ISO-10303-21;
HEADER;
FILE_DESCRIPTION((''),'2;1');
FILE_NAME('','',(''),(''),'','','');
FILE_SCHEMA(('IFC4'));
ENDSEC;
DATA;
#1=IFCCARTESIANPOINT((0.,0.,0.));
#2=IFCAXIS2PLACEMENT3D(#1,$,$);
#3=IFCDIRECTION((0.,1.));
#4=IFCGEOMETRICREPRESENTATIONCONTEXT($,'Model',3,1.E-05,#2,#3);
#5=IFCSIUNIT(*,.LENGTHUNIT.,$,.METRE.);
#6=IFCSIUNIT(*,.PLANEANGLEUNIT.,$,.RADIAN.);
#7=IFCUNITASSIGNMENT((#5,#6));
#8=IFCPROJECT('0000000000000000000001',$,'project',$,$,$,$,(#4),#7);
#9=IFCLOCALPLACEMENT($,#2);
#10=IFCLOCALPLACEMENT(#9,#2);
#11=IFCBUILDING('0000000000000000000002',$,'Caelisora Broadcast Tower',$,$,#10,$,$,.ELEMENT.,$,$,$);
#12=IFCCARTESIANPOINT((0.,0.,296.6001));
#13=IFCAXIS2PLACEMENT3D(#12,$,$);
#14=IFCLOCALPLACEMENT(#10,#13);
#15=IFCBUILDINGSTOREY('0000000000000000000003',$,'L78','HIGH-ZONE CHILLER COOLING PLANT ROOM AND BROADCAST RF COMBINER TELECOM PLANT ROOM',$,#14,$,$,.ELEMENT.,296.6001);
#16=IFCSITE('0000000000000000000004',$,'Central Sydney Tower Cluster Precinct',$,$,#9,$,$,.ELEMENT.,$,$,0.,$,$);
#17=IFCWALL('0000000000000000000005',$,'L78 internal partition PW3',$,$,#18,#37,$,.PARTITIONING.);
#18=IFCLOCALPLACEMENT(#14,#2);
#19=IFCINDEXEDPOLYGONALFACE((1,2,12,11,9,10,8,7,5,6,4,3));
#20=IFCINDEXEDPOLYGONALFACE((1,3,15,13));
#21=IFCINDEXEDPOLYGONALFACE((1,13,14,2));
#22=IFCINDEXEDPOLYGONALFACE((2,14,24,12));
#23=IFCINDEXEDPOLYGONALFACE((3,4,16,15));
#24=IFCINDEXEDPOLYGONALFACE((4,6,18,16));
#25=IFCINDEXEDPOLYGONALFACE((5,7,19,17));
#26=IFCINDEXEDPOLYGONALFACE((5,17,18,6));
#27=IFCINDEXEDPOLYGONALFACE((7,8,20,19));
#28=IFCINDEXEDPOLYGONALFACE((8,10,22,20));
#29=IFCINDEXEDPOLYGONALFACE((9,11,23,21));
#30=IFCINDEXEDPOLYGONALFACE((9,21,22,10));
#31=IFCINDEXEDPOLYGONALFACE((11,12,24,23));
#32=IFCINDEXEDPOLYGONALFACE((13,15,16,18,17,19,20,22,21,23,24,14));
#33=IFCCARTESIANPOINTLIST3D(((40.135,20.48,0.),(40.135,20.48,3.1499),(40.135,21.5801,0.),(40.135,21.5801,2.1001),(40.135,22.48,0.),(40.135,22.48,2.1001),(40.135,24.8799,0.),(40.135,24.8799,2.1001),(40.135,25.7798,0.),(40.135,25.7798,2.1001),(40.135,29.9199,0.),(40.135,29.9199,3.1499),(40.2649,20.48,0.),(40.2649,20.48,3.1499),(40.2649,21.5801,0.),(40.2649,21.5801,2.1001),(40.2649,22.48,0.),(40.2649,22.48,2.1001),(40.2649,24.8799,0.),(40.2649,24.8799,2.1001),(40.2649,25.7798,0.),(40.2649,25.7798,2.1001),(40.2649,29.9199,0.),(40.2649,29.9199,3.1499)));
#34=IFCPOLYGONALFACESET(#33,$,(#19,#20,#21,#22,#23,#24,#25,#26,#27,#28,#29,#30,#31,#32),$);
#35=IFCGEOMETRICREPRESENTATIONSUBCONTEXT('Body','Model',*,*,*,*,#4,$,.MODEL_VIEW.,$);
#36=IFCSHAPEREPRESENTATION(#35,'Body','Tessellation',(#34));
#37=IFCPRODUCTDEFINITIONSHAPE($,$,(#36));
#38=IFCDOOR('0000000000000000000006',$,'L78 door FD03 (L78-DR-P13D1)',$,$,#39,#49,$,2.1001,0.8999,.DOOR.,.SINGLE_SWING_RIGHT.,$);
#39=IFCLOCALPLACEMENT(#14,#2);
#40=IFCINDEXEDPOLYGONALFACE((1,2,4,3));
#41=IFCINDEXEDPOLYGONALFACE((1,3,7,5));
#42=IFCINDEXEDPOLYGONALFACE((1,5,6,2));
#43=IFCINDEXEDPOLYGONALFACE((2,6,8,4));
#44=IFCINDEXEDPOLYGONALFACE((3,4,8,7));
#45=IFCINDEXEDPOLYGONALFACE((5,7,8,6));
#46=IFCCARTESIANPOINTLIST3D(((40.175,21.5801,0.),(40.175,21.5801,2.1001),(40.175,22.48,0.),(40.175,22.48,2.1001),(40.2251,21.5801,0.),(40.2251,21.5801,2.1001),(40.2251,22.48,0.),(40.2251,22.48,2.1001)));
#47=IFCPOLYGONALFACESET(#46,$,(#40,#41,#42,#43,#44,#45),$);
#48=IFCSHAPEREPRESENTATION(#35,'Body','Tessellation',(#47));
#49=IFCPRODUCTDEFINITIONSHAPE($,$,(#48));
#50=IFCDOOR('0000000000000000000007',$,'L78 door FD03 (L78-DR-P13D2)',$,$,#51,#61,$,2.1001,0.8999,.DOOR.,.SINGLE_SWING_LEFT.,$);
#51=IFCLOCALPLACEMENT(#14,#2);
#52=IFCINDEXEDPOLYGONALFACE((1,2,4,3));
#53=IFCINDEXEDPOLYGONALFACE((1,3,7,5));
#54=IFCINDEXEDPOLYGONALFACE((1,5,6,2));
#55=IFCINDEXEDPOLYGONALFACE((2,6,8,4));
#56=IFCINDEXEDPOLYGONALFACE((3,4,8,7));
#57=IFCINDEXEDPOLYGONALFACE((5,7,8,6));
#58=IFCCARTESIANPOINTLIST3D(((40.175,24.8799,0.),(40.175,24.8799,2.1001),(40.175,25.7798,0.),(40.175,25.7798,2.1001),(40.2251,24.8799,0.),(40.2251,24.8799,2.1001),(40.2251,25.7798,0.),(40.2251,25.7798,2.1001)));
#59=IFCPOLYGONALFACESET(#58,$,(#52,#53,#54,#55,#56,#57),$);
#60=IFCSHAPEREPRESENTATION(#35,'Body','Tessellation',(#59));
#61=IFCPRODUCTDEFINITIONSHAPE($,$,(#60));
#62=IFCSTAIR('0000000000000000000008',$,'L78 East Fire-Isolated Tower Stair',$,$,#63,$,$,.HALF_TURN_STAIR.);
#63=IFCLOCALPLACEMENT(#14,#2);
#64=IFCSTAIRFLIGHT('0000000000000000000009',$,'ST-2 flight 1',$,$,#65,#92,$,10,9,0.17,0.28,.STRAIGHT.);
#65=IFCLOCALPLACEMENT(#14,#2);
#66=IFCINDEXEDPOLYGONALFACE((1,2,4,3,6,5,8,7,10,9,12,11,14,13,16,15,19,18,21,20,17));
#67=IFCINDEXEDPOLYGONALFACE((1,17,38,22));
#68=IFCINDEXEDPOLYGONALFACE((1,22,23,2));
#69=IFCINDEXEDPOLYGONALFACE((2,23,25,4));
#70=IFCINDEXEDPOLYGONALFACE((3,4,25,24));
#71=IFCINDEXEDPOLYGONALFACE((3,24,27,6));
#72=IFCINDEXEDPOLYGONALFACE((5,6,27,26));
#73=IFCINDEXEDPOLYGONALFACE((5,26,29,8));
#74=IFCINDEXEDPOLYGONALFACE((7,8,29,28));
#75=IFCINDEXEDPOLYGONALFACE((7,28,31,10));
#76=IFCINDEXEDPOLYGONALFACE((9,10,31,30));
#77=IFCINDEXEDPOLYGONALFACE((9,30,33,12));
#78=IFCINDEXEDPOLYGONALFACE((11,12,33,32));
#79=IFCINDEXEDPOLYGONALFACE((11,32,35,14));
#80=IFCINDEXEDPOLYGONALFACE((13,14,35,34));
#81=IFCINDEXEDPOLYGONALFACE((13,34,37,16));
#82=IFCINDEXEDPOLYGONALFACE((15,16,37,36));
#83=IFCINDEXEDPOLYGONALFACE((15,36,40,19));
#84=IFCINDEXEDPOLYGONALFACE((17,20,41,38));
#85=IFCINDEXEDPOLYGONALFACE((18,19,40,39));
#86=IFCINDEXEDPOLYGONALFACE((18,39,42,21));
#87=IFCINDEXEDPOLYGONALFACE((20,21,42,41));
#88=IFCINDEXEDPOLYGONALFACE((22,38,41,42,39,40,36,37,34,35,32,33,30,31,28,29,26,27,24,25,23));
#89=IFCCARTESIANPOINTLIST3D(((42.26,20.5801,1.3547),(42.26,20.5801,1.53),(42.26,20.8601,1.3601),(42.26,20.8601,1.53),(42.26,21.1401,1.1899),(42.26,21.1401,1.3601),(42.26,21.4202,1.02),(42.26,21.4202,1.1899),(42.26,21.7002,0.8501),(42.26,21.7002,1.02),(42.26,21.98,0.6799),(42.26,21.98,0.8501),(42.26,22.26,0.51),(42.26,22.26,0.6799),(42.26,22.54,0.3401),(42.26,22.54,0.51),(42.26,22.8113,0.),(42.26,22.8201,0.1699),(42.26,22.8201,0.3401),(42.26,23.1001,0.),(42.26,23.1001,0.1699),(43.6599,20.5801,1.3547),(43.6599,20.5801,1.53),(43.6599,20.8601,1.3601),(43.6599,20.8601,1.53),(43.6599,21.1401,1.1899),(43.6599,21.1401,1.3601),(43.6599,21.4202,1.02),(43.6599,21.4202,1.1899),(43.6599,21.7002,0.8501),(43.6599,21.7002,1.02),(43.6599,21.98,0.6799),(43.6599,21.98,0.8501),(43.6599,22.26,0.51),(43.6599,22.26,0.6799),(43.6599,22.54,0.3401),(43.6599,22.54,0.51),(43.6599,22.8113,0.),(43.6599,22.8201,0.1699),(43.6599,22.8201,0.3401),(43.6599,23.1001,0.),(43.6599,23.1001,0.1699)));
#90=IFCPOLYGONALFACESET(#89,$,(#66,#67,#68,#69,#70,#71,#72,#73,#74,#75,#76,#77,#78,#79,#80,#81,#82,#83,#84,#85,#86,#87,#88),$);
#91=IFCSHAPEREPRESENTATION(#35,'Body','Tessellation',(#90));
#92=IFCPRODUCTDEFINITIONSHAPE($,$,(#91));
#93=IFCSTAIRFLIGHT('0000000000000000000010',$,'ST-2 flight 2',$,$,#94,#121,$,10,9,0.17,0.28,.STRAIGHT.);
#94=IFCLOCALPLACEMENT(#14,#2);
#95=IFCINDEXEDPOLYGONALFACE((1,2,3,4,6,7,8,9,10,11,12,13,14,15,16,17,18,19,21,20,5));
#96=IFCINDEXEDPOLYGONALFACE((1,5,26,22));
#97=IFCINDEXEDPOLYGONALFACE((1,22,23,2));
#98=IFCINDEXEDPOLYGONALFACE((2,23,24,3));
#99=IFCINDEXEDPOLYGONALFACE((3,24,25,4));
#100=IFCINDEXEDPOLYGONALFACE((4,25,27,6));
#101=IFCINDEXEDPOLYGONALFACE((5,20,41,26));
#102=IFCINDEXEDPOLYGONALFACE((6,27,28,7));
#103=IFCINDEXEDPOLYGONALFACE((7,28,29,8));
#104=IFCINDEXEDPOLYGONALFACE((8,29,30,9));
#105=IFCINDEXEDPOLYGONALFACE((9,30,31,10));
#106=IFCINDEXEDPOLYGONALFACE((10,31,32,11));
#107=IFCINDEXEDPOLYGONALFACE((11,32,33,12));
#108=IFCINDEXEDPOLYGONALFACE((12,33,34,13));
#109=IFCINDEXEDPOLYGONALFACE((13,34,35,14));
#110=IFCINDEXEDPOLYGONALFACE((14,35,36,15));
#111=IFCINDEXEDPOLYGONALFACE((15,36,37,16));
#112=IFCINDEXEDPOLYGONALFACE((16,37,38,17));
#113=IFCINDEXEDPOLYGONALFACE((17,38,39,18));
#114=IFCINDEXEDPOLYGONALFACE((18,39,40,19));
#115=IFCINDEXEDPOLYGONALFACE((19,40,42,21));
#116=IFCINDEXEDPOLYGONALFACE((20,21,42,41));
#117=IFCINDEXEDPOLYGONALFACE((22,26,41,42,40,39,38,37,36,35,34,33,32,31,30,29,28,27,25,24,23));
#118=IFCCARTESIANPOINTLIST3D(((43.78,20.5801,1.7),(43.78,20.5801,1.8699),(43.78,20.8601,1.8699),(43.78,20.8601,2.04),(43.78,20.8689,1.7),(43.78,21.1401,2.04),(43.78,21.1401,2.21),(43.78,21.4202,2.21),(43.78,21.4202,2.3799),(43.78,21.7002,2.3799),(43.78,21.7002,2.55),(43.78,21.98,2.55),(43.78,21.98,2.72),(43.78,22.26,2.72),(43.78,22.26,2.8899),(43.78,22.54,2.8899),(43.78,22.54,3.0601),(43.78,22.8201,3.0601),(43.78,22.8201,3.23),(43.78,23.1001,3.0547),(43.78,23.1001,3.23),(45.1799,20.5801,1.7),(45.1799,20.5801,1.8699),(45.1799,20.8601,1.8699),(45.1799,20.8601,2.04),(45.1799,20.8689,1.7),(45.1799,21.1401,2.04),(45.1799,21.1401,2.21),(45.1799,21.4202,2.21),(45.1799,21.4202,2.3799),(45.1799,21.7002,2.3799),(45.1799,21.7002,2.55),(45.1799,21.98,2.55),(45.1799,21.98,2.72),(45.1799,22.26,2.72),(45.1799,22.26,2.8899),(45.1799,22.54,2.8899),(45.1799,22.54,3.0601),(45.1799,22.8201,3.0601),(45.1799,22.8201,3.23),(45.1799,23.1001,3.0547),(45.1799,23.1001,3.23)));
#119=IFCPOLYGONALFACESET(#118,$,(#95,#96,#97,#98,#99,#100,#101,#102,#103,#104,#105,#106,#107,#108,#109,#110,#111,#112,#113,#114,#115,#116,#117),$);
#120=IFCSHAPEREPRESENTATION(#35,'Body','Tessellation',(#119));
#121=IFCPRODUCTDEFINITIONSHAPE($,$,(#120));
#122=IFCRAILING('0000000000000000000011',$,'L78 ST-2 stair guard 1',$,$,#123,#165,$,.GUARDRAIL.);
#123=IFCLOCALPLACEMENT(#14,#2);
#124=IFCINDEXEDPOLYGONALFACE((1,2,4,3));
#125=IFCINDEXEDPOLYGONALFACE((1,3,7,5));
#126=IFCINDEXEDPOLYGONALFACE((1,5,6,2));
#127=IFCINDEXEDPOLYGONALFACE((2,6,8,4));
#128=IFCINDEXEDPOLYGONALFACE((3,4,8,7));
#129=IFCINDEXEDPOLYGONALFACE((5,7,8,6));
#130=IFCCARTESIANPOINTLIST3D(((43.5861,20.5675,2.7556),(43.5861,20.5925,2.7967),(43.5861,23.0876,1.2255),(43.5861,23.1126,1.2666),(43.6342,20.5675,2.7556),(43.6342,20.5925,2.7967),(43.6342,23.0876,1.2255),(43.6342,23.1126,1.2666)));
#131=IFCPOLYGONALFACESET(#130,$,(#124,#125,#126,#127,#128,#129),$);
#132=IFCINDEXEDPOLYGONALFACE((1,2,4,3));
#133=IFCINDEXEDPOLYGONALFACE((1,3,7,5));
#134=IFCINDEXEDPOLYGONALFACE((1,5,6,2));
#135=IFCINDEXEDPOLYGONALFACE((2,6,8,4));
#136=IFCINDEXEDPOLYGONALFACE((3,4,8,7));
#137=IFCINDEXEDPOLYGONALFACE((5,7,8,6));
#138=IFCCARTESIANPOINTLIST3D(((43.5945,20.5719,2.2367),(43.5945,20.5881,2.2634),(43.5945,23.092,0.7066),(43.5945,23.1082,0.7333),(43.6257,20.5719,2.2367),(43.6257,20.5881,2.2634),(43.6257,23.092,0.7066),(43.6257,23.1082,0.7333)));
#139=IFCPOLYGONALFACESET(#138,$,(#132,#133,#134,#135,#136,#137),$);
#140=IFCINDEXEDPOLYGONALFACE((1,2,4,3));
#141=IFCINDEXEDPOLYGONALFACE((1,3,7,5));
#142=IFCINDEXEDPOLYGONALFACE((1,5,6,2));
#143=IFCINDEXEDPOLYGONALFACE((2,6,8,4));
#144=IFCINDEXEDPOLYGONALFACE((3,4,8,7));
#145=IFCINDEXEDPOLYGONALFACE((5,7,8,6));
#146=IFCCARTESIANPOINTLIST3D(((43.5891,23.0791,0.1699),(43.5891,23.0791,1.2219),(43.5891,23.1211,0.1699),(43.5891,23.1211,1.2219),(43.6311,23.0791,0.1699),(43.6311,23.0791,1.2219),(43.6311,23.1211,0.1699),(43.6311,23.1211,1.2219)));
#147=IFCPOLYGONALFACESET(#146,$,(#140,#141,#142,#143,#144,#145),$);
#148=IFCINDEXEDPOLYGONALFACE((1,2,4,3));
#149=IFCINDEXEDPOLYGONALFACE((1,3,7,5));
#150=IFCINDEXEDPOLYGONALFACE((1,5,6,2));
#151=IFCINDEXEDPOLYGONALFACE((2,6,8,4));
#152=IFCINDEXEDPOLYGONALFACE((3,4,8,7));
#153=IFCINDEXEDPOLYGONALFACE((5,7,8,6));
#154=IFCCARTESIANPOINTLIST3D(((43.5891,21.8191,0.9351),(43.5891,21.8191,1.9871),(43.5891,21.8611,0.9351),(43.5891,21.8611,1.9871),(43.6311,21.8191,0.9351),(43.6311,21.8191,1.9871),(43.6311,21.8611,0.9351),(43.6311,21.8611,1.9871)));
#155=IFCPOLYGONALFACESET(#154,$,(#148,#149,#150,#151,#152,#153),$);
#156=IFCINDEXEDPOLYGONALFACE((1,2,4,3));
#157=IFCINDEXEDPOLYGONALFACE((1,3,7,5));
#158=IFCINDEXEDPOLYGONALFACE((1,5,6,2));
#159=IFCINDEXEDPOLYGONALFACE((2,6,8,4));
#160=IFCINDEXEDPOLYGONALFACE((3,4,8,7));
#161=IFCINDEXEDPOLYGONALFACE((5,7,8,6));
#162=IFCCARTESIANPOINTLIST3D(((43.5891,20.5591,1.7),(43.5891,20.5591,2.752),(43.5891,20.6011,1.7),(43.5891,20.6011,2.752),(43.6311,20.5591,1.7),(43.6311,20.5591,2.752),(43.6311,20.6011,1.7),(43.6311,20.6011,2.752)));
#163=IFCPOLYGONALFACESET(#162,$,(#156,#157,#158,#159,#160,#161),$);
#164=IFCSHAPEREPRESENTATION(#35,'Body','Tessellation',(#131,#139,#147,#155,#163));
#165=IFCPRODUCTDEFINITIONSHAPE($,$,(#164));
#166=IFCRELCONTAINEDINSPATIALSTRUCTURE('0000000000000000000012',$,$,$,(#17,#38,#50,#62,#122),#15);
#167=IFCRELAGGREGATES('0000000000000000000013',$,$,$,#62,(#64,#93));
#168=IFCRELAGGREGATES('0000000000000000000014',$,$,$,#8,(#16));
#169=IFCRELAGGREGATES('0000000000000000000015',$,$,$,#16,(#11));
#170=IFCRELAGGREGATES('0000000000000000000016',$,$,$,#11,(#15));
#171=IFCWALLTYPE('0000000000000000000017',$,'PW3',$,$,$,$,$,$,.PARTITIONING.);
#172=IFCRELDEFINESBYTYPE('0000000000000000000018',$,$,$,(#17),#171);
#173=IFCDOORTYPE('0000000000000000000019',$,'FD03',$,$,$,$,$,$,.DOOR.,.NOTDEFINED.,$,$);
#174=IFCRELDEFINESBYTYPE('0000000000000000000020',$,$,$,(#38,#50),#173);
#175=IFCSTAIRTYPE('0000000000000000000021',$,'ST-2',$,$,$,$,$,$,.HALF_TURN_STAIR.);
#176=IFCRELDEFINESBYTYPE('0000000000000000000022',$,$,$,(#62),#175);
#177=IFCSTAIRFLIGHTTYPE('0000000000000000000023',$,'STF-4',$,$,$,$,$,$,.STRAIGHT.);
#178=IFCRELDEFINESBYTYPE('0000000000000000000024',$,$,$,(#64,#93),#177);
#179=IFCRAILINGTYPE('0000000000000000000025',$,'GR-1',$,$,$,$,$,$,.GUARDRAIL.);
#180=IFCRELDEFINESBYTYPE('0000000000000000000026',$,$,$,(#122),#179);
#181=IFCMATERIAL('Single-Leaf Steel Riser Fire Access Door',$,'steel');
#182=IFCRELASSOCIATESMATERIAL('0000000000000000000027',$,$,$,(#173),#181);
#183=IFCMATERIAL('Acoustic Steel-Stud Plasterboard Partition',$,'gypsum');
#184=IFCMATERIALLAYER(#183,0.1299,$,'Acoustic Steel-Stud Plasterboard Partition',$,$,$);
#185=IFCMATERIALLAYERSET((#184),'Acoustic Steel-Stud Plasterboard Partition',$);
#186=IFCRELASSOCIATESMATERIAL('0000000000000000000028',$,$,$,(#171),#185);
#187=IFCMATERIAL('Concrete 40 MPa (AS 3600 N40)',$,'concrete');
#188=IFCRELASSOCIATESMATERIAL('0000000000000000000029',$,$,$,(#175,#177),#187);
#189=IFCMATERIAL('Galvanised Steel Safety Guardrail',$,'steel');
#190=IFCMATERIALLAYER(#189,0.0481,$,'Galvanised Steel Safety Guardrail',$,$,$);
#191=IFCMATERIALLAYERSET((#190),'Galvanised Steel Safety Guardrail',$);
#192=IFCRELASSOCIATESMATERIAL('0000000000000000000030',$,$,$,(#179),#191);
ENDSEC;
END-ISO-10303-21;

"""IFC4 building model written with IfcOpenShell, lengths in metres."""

from ifc_helpers import new_model, si_unit, direction, frame, frame_2d, origin, origin_2d, place, context, subcontext, project, spatial, polyline, rectangle, outline, extrude, material, layer, layer_set, type_object, element, fill, aggregate, save


model = new_model("IFC4")

# Units and contexts
model_context = context("Model", 3, precision=1e-05, world=origin(), true_north=direction((0.0, 1.0)))
body_context = subcontext(model_context, "Body", "Model", "MODEL_VIEW")
ifc_project = project(units=[si_unit("LENGTHUNIT", "METRE"), si_unit("PLANEANGLEUNIT", "RADIAN")], contexts=[model_context])

# Site, building, storey
site_placement = place(None, origin())
site = spatial("IfcSite", under=ifc_project, at=site_placement, Name="Central Sydney Tower Cluster Precinct", CompositionType="ELEMENT", RefElevation=0.0)
building_placement = place(site_placement, origin())
building = spatial("IfcBuilding", under=site, at=building_placement, Name="Caelisora Broadcast Tower", CompositionType="ELEMENT")
storey_placement = place(building_placement, frame((0.0, 0.0, 296.6001)))
storey = spatial("IfcBuildingStorey", under=building, at=storey_placement, Name="L78", Description="HIGH-ZONE CHILLER COOLING PLANT ROOM AND BROADCAST RF COMBINER TELECOM PLANT ROOM", CompositionType="ELEMENT", Elevation=296.6001)

# Shared definitions
ifc_material_1 = material(Name="Concrete 40 MPa (AS 3600 N40)", Category="concrete")

# Wall, openings, doors
ifc_material_2 = material(Name="Single-Leaf Steel Riser Fire Access Door", Category="steel")
door_type_1 = type_object("IfcDoorType", Name="FD03", OperationType="NOTDEFINED", PredefinedType="DOOR", material=ifc_material_2)
ifc_material_3 = material(Name="Acoustic Steel-Stud Plasterboard Partition", Category="gypsum")
ifc_layer_1 = layer(ifc_material_3, 0.1299, Name="Acoustic Steel-Stud Plasterboard Partition")
ifc_layer_set_1 = layer_set([ifc_layer_1], Name="Acoustic Steel-Stud Plasterboard Partition")
wall_type_1 = type_object("IfcWallType", Name="PW3", PredefinedType="PARTITIONING", material=ifc_layer_set_1)
wall_1_placement = place(storey_placement, frame((40.2, 20.48, 0.0), z_axis=(0.0, 0.0, 1.0), x_axis=(0.0, 1.0, 0.0)))
wall_1 = element("IfcWall", 1, at=wall_1_placement, inside=storey, type_object=wall_type_1, Name="L78 internal partition PW3", PredefinedType="PARTITIONING", context=body_context, shape_type="SweptSolid", body=[
    extrude(rectangle(XDim=9.4399, YDim=0.1299, at=frame_2d((4.72, 0.0))), origin(), (0.0, 0.0, 1.0), 3.1499),
])
opening_1_placement = place(wall_1_placement, frame((1.1001, 0.0, 0.0)))
opening_1 = element("IfcOpeningElement", 2, at=opening_1_placement, cuts=wall_1, PredefinedType="OPENING", context=body_context, shape_type="SweptSolid", body=[
    extrude(rectangle(XDim=0.8999, YDim=2.1001, at=frame_2d((0.45, 1.05))), frame((0.0, 0.0769, 0.0), z_axis=(0.0, -1.0, 0.0), x_axis=(1.0, 0.0, 0.0)), (0.0, 0.0, 1.0), 0.1538),
])
opening_2_placement = place(wall_1_placement, frame((4.3999, 0.0, 0.0)))
opening_2 = element("IfcOpeningElement", 3, at=opening_2_placement, cuts=wall_1, PredefinedType="OPENING", context=body_context, shape_type="SweptSolid", body=[
    extrude(rectangle(XDim=0.8999, YDim=2.1001, at=frame_2d((0.45, 1.05))), frame((0.0, 0.0769, 0.0), z_axis=(0.0, -1.0, 0.0), x_axis=(1.0, 0.0, 0.0)), (0.0, 0.0, 1.0), 0.1538),
])
door_1_placement = place(opening_1_placement, origin())
door_1 = element("IfcDoor", 4, at=door_1_placement, inside=storey, type_object=door_type_1, Name="L78 door FD03 (L78-DR-P13D1)", OperationType="SINGLE_SWING_RIGHT", OverallHeight=2.1001, OverallWidth=0.8999, PredefinedType="DOOR", context=body_context, shape_type="SweptSolid", body=[
    extrude(rectangle(XDim=0.8999, YDim=2.1001, at=frame_2d((0.45, 1.05))), frame((0.0, 0.0249, 0.0), z_axis=(0.0, -1.0, 0.0), x_axis=(1.0, 0.0, 0.0)), (0.0, 0.0, 1.0), 0.05),
])
fill(opening_1, door_1)
door_2_placement = place(opening_2_placement, origin())
door_2 = element("IfcDoor", 5, at=door_2_placement, inside=storey, type_object=door_type_1, Name="L78 door FD03 (L78-DR-P13D2)", OperationType="SINGLE_SWING_LEFT", OverallHeight=2.1001, OverallWidth=0.8999, PredefinedType="DOOR", context=body_context, shape_type="SweptSolid", body=[
    extrude(rectangle(XDim=0.8999, YDim=2.1001, at=frame_2d((0.45, 1.05))), frame((0.0, 0.0249, 0.0), z_axis=(0.0, -1.0, 0.0), x_axis=(1.0, 0.0, 0.0)), (0.0, 0.0, 1.0), 0.05),
])
fill(opening_2, door_2)

# Stair, stair flights
stair_type = type_object("IfcStairType", Name="ST-2", PredefinedType="HALF_TURN_STAIR", material=ifc_material_1)
stair_placement = place(storey_placement, origin())
stair = element("IfcStair", 6, at=stair_placement, inside=storey, type_object=stair_type, Name="L78 East Fire-Isolated Tower Stair", PredefinedType="HALF_TURN_STAIR")
stair_flight_type = type_object("IfcStairFlightType", Name="STF-4", PredefinedType="STRAIGHT", material=ifc_material_1)
stair_flight_1_placement = place(storey_placement, frame((42.96, 23.1001, 0.0), z_axis=(0.0, 0.0, 1.0), x_axis=(0.0, -1.0, 0.0)))
stair_flight_1 = element("IfcStairFlight", 7, at=stair_flight_1_placement, type_object=stair_flight_type, Name="ST-2 flight 1", NumberOfRisers=10, NumberOfTreads=9, PredefinedType="STRAIGHT", RiserHeight=0.17, TreadLength=0.28, context=body_context, shape_type="SweptSolid", body=[
    extrude(outline(polyline([(0.0, 0.0), (0.0, 0.1699), (0.28, 0.1699), (0.28, 0.3401), (0.5601, 0.3401), (0.5601, 0.51), (0.8401, 0.51), (0.8401, 0.6799), (1.1201, 0.6799), (1.1201, 0.8501), (1.3999, 0.8501), (1.3999, 1.02), (1.6799, 1.02), (1.6799, 1.1899), (1.96, 1.1899), (1.96, 1.3601), (2.24, 1.3601), (2.24, 1.53), (2.52, 1.53), (2.52, 1.7), (2.52, 1.3547), (0.2888, 0.0), (0.0, 0.0)])), frame((0.0, 0.7, 0.0), z_axis=(0.0, -1.0, 0.0), x_axis=(1.0, 0.0, 0.0)), (0.0, 0.0, 1.0), 1.3999),
])
stair_flight_2_placement = place(storey_placement, frame((44.48, 20.5801, 1.7), z_axis=(0.0, 0.0, 1.0), x_axis=(0.0, 1.0, 0.0)))
stair_flight_2 = element("IfcStairFlight", 8, at=stair_flight_2_placement, type_object=stair_flight_type, Name="ST-2 flight 2", NumberOfRisers=10, NumberOfTreads=9, PredefinedType="STRAIGHT", RiserHeight=0.17, TreadLength=0.28, context=body_context, shape_type="SweptSolid", body=[
    extrude(outline(polyline([(0.0, 0.0), (0.0, 0.1699), (0.28, 0.1699), (0.28, 0.3401), (0.5601, 0.3401), (0.5601, 0.51), (0.8401, 0.51), (0.8401, 0.6799), (1.1201, 0.6799), (1.1201, 0.8501), (1.3999, 0.8501), (1.3999, 1.02), (1.6799, 1.02), (1.6799, 1.1899), (1.96, 1.1899), (1.96, 1.3601), (2.24, 1.3601), (2.24, 1.53), (2.52, 1.53), (2.52, 1.7), (2.52, 1.3547), (0.2888, 0.0), (0.0, 0.0)])), frame((0.0, 0.7, 0.0), z_axis=(0.0, -1.0, 0.0), x_axis=(1.0, 0.0, 0.0)), (0.0, 0.0, 1.0), 1.3999),
])
aggregate(stair, [stair_flight_1, stair_flight_2])

# Railing
ifc_material_4 = material(Name="Galvanised Steel Safety Guardrail", Category="steel")
ifc_layer_2 = layer(ifc_material_4, 0.0481, Name="Galvanised Steel Safety Guardrail")
ifc_layer_set_2 = layer_set([ifc_layer_2], Name="Galvanised Steel Safety Guardrail")
railing_type_1 = type_object("IfcRailingType", Name="GR-1", PredefinedType="GUARDRAIL", material=ifc_layer_set_2)
railing_1_placement = place(storey_placement, frame((43.6101, 23.1001, 0.1699)))
element("IfcRailing", 9, at=railing_1_placement, inside=storey, type_object=railing_type_1, Name="L78 ST-2 stair guard 1", PredefinedType="GUARDRAIL", context=body_context, shape_type="SweptSolid", body=[
    extrude(rectangle(XDim=0.0481, YDim=0.0481, at=origin_2d()), frame((0.0, 0.0, 1.0762), z_axis=(0.0, -0.854785, 0.518982), x_axis=(1.0, 0.0, 0.0)), (0.0, 0.0, 1.0), 2.9482),
    extrude(rectangle(XDim=0.0312, YDim=0.0312, at=origin_2d()), frame((0.0, 0.0, 0.55), z_axis=(0.0, -0.854785, 0.518982), x_axis=(1.0, 0.0, 0.0)), (0.0, 0.0, 1.0), 2.9482),
    extrude(rectangle(XDim=0.042, YDim=0.042, at=origin_2d()), origin(), (0.0, 0.0, 1.0), 1.052),
    extrude(rectangle(XDim=0.042, YDim=0.042, at=origin_2d()), frame((0.0, -1.26, 0.7651)), (0.0, 0.0, 1.0), 1.052),
    extrude(rectangle(XDim=0.042, YDim=0.042, at=origin_2d()), frame((0.0, -2.52, 1.53)), (0.0, 0.0, 1.0), 1.052),
])

save(model, "model.ifc")
